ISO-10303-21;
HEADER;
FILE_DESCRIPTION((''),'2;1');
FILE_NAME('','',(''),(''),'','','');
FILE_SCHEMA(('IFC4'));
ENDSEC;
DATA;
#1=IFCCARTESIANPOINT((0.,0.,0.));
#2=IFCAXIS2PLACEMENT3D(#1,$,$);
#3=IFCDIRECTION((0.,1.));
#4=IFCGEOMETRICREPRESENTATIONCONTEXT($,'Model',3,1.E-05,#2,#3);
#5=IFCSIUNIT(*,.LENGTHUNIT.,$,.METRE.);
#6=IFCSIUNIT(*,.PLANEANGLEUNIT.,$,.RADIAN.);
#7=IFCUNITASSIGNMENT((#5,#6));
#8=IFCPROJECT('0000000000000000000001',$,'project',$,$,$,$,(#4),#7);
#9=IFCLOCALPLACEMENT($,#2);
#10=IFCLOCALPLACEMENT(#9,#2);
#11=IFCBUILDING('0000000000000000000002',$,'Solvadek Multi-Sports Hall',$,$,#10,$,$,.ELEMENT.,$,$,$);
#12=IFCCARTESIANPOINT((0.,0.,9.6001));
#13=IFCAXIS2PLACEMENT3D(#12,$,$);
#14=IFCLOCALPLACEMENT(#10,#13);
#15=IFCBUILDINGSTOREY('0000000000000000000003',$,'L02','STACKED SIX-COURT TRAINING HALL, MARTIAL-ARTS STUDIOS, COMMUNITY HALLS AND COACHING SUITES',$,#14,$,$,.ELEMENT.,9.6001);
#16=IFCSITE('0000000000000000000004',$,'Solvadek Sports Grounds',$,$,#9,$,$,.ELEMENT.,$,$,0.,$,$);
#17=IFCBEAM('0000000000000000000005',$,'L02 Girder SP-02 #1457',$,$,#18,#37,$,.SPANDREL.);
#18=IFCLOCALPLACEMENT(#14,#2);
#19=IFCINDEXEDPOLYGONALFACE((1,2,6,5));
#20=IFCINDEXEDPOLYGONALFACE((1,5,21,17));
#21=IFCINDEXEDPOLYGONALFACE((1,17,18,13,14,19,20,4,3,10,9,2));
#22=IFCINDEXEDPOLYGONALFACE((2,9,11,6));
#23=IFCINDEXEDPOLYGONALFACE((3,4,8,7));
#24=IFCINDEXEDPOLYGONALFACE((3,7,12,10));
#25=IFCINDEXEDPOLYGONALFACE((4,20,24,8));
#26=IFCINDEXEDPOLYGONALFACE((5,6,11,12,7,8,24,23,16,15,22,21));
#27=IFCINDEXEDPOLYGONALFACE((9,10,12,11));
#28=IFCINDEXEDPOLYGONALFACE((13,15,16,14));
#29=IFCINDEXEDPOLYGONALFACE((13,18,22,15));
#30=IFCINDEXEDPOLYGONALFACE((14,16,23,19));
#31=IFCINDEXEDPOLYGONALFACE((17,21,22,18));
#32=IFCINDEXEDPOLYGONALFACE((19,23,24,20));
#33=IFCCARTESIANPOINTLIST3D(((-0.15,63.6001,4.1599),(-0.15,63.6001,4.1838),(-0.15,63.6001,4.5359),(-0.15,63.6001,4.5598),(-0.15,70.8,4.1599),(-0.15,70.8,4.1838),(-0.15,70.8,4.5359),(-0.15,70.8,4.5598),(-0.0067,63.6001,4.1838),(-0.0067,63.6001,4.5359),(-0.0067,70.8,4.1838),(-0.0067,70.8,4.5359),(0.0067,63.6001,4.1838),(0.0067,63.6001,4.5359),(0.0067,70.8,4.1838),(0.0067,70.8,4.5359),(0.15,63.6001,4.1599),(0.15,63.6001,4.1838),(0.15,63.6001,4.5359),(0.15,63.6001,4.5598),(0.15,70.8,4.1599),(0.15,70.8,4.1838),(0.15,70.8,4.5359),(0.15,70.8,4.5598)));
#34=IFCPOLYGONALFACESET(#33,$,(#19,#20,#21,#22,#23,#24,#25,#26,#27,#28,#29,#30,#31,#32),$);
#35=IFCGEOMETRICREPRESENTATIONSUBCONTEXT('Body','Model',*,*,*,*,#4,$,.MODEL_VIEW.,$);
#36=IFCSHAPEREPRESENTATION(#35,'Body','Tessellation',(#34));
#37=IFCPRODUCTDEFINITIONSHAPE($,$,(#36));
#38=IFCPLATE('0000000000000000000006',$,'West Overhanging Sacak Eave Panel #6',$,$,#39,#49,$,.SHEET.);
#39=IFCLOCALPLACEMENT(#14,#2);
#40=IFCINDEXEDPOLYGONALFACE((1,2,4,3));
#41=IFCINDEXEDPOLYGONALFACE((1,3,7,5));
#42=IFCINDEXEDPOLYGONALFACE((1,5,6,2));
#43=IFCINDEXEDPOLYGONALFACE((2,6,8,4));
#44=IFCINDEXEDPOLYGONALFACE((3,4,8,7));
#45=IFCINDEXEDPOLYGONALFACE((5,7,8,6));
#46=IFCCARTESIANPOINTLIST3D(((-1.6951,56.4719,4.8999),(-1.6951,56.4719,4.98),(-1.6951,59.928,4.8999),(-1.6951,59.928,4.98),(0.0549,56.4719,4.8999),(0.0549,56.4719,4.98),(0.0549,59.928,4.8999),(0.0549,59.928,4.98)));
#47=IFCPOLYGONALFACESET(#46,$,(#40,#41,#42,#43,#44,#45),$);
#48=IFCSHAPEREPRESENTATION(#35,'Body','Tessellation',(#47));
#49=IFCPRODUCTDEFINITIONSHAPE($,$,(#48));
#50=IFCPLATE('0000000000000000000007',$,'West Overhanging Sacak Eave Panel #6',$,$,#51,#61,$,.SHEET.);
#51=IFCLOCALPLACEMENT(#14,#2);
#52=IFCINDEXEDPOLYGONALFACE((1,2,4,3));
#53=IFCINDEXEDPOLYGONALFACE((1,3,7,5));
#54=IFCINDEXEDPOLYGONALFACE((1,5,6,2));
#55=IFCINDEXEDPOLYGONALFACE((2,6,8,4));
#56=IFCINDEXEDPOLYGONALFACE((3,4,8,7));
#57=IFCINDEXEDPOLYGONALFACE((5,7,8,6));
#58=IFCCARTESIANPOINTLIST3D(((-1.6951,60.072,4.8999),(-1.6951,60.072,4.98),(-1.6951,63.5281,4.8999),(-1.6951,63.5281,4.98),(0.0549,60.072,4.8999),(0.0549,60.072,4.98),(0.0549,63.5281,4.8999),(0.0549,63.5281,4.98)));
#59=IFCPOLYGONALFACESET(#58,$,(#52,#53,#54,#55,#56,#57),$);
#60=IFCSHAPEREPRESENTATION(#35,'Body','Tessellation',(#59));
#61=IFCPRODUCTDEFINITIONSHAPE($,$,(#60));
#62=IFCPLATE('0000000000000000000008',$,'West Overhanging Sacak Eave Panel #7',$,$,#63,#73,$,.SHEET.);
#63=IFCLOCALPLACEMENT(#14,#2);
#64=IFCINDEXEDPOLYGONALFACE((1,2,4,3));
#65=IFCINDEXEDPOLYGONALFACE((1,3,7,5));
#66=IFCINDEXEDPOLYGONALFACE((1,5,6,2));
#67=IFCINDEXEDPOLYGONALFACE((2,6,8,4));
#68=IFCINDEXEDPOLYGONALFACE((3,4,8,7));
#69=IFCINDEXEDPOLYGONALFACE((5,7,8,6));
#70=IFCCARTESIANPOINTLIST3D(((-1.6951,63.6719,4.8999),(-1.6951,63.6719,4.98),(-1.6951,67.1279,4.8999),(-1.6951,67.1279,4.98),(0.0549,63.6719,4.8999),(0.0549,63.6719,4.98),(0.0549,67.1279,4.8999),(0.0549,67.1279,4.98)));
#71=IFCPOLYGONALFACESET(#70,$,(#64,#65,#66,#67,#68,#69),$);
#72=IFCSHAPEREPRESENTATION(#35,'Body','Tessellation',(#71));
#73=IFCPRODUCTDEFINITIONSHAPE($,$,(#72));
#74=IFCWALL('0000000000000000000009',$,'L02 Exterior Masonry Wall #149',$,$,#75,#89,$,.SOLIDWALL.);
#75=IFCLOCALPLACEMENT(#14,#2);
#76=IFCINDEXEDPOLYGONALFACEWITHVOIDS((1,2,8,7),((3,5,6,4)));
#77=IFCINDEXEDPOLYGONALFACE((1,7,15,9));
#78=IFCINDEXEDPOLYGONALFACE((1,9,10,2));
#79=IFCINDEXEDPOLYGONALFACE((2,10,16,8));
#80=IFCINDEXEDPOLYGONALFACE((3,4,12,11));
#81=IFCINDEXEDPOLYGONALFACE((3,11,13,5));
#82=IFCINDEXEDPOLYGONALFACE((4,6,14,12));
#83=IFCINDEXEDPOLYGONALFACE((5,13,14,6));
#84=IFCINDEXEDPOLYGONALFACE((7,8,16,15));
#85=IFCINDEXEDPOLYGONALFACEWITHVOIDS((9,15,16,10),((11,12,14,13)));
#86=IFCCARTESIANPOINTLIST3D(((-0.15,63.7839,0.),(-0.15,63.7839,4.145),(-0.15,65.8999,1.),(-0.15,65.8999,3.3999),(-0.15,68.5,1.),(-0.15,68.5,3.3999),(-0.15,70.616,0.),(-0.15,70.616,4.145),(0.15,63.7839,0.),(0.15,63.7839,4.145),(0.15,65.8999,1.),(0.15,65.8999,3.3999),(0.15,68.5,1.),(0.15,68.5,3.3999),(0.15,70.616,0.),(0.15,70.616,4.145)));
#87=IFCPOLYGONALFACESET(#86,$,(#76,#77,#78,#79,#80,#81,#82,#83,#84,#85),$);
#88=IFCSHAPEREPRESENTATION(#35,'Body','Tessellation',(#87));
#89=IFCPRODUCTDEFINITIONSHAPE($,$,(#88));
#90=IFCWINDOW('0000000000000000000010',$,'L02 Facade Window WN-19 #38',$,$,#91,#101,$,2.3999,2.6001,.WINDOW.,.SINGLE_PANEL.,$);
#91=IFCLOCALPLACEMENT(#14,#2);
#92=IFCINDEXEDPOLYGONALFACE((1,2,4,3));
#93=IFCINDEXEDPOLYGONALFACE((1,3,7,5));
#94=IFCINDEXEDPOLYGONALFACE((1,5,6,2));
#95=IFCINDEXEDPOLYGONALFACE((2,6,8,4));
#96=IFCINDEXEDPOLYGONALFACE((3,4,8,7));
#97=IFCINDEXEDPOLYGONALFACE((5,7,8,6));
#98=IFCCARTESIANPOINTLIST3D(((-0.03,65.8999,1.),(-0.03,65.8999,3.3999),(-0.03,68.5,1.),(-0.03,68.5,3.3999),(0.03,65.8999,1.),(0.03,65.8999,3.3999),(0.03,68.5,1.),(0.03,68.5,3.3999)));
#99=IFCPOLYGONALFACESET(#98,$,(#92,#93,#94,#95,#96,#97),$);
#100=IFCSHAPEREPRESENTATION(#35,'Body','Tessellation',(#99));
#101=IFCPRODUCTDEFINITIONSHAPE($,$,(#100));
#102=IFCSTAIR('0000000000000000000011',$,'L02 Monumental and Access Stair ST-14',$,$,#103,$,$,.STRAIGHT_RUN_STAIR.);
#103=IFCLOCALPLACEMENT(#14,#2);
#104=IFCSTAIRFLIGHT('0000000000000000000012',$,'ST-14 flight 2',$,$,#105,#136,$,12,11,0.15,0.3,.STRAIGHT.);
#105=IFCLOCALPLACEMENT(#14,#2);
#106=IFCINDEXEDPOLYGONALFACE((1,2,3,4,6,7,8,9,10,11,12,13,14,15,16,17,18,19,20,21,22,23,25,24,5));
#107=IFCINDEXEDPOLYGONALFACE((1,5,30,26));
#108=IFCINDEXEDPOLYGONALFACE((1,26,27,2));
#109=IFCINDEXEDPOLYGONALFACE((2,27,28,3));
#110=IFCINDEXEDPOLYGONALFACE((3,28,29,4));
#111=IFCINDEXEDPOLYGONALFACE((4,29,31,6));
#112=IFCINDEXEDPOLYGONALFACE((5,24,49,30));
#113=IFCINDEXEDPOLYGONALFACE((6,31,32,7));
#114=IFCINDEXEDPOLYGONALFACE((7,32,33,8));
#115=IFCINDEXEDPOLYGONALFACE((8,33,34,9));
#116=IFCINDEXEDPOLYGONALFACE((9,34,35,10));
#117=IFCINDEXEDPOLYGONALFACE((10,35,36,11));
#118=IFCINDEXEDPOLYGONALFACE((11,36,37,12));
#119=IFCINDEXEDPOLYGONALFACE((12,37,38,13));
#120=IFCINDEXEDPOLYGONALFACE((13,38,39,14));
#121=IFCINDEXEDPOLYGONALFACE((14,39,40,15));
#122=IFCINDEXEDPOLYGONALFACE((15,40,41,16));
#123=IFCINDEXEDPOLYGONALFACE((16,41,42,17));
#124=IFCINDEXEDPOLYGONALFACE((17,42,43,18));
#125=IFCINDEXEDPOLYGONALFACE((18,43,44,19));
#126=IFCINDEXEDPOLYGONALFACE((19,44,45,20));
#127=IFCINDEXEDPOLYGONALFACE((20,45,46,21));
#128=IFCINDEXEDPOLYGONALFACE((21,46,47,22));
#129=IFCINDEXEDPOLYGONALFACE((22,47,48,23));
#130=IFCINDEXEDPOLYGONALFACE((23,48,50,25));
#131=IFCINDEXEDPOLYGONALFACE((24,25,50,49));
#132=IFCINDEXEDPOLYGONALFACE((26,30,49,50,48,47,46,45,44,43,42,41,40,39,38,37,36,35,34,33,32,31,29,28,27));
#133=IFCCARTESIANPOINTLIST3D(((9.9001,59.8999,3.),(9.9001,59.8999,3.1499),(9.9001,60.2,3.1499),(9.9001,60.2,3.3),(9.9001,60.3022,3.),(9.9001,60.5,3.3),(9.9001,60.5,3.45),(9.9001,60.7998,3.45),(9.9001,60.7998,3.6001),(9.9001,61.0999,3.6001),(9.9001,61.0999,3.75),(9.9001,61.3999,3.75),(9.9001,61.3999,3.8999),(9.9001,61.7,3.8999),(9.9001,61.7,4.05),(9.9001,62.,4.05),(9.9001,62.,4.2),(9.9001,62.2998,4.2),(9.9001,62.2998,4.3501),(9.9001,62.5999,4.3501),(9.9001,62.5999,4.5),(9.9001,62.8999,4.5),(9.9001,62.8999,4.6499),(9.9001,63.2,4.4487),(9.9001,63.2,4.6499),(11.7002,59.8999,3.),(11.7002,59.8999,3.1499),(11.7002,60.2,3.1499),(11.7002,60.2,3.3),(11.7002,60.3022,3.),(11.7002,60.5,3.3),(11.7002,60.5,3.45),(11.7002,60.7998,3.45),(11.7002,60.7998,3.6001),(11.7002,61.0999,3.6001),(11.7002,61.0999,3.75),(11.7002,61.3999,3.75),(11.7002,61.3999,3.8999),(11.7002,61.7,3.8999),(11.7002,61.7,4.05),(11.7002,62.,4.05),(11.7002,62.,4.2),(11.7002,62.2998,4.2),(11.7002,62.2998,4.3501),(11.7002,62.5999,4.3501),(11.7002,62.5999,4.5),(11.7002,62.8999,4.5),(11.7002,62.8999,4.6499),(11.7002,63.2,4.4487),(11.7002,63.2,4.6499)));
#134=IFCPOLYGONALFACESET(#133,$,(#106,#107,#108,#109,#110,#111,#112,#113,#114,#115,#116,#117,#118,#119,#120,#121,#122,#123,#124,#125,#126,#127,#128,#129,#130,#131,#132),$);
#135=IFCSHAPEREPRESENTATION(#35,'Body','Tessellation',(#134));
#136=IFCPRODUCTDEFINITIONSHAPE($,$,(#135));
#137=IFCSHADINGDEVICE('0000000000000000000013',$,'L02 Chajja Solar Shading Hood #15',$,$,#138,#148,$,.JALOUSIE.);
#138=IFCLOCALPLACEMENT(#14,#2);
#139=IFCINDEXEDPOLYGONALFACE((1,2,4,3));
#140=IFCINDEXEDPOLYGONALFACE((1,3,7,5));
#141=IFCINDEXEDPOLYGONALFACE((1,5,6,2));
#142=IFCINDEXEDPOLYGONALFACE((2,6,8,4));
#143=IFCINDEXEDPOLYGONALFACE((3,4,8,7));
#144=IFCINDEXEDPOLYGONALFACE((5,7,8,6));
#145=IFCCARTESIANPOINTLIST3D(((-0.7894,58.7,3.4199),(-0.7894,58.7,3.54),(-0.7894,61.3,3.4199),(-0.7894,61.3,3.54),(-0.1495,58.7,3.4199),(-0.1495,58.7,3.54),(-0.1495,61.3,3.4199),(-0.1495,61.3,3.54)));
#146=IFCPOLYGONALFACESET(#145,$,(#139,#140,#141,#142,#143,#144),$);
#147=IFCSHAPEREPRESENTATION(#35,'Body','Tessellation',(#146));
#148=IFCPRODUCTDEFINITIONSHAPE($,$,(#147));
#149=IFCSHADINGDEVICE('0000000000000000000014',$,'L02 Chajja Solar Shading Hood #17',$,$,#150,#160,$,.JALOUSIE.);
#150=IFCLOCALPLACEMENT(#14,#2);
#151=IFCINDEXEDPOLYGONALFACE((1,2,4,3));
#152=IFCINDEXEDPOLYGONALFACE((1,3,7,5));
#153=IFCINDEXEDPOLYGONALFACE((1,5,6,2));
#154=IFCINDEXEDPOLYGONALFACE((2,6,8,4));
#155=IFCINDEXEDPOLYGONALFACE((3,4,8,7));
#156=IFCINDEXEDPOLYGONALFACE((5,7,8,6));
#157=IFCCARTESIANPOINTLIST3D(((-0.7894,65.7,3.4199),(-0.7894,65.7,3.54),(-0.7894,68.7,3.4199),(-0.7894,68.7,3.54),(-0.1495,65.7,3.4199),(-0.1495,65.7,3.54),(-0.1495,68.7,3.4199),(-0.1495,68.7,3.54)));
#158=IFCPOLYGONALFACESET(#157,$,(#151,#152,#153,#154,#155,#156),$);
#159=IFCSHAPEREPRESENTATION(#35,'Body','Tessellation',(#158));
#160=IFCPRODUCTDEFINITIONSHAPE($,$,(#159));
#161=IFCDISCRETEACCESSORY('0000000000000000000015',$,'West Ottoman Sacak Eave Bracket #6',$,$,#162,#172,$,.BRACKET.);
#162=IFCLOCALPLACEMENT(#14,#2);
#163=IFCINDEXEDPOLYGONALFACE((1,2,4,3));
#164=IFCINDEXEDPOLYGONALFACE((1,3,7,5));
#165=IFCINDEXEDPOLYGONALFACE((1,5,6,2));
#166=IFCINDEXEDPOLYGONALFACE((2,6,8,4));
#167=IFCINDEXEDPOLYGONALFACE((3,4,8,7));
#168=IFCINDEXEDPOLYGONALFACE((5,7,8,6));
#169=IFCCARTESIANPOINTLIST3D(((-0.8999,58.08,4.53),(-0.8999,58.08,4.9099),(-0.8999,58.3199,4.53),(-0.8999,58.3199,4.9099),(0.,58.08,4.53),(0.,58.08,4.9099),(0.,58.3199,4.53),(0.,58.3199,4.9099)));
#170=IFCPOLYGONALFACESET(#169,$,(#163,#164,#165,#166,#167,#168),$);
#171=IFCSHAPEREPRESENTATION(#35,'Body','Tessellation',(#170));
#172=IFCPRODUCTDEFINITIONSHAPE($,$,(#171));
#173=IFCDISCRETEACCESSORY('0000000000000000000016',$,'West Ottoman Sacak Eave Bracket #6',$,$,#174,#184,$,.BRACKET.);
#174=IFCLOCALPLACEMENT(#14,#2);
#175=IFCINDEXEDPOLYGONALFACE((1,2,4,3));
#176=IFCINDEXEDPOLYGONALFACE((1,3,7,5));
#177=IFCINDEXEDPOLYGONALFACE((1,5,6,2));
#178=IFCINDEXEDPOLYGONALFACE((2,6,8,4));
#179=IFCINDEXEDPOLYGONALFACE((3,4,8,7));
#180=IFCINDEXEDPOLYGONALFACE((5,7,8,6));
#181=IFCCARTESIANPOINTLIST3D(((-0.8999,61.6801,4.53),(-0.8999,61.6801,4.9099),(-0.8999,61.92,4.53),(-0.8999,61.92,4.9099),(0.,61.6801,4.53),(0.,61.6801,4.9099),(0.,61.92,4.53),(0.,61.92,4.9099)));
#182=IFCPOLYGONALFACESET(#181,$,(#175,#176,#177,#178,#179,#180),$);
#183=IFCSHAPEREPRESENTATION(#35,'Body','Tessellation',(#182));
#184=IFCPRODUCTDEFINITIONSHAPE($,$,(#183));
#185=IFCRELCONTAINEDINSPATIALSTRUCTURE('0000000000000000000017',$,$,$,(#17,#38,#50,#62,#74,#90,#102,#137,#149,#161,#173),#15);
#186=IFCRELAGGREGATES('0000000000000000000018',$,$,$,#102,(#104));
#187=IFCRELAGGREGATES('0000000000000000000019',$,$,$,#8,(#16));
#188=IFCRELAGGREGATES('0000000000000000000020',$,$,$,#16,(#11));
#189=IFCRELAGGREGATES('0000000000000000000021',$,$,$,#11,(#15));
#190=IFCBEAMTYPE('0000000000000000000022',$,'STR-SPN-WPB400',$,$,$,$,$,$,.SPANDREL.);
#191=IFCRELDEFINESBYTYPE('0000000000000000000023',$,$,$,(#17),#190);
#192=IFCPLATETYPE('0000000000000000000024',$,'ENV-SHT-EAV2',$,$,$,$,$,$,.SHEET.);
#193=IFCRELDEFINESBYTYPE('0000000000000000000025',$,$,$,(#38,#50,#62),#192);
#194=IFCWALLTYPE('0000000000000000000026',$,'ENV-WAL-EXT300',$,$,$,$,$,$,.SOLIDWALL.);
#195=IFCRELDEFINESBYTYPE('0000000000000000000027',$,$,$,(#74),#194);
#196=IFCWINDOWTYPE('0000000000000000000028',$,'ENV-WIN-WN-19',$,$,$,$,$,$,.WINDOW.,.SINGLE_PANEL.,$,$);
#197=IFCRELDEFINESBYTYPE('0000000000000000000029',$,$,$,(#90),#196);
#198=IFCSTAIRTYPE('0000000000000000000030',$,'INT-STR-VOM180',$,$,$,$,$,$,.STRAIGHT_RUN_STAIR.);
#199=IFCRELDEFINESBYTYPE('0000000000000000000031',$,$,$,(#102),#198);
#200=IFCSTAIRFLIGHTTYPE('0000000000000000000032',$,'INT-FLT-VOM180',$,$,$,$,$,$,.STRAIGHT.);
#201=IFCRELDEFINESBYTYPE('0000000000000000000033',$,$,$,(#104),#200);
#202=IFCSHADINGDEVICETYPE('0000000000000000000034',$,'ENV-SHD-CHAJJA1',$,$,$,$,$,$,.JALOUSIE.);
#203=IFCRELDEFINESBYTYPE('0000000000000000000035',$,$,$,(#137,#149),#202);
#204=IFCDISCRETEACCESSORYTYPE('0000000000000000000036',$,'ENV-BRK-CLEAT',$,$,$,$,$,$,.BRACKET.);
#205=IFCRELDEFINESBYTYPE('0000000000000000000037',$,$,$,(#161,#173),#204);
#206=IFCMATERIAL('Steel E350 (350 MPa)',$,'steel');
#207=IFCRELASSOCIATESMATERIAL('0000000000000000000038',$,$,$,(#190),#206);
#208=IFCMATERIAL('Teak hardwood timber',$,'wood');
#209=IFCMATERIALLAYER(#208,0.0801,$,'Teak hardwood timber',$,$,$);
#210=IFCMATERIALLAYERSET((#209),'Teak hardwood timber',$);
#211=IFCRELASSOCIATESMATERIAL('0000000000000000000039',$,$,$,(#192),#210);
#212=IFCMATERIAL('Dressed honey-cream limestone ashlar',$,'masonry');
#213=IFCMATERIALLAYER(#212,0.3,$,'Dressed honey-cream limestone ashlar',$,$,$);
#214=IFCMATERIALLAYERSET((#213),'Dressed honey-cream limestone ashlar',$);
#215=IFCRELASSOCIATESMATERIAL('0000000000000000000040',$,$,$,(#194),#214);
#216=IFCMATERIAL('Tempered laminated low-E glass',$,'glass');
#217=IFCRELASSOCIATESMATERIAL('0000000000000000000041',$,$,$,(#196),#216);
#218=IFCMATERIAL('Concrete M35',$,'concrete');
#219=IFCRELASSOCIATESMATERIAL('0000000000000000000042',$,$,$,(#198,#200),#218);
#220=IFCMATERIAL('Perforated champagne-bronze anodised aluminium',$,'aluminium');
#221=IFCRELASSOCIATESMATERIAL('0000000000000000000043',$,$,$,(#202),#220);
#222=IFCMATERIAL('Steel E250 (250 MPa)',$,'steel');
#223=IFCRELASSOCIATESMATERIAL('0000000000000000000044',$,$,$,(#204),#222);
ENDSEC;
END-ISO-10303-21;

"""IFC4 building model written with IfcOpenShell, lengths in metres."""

from ifc_helpers import new_model, si_unit, direction, frame, frame_2d, origin, origin_2d, place, context, subcontext, project, spatial, polyline, rectangle, i_section, outline, extrude, material, layer, layer_set, material_profile, profile_set, type_object, element, fill, aggregate, save


model = new_model("IFC4")

# Units and contexts
model_context = context("Model", 3, precision=1e-05, world=origin(), true_north=direction((0.0, 1.0)))
body_context = subcontext(model_context, "Body", "Model", "MODEL_VIEW")
ifc_project = project(units=[si_unit("LENGTHUNIT", "METRE"), si_unit("PLANEANGLEUNIT", "RADIAN")], contexts=[model_context])

# Site, building, storey
site_placement = place(None, origin())
site = spatial("IfcSite", under=ifc_project, at=site_placement, Name="Solvadek Sports Grounds", CompositionType="ELEMENT", RefElevation=0.0)
building_placement = place(site_placement, origin())
building = spatial("IfcBuilding", under=site, at=building_placement, Name="Solvadek Multi-Sports Hall", CompositionType="ELEMENT")
storey_placement = place(building_placement, frame((0.0, 0.0, 9.6001)))
storey = spatial("IfcBuildingStorey", under=building, at=storey_placement, Name="L02", Description="STACKED SIX-COURT TRAINING HALL, MARTIAL-ARTS STUDIOS, COMMUNITY HALLS AND COACHING SUITES", CompositionType="ELEMENT", Elevation=9.6001)

# Shared definitions
ifc_material_1 = material(Name="Steel E350 (350 MPa)", Category="steel")

# Beam
ifc_material_profile_1 = material_profile(ifc_material_1, i_section(OverallWidth=0.3, OverallDepth=0.3999, WebThickness=0.0134, FlangeThickness=0.0239, at=origin_2d()), Name="WPB 400")
ifc_profile_set_1 = profile_set([ifc_material_profile_1], Name="Steel E350 (350 MPa)")
beam_type_1 = type_object("IfcBeamType", Name="STR-SPN-WPB400", PredefinedType="SPANDREL", material=ifc_profile_set_1)
beam_1_placement = place(storey_placement, frame((0.0, 63.6001, 4.3599), z_axis=(0.0, 1.0, 0.0), x_axis=(-1.0, 0.0, 0.0)))
element("IfcBeam", 1, at=beam_1_placement, inside=storey, type_object=beam_type_1, Name="L02 Girder SP-02 #1457", PredefinedType="SPANDREL", context=body_context, shape_type="SweptSolid", body=[
    extrude(i_section(OverallWidth=0.3, OverallDepth=0.3999, WebThickness=0.0134, FlangeThickness=0.0239, at=origin_2d()), origin(), (0.0, 0.0, 1.0), 7.2),
])

# Plates
ifc_material_2 = material(Name="Teak hardwood timber", Category="wood")
ifc_layer_1 = layer(ifc_material_2, 0.0801, Name="Teak hardwood timber")
ifc_layer_set_1 = layer_set([ifc_layer_1], Name="Teak hardwood timber")
plate_type = type_object("IfcPlateType", Name="ENV-SHT-EAV2", PredefinedType="SHEET", material=ifc_layer_set_1)
for number, where, z_axis, x_axis, name in (
    (2, (-0.8201, 58.2, 4.8999), (0.0, 0.0, 1.0), (1.0, 0.0, 0.0), "West Overhanging Sacak Eave Panel #6"),
    (3, (-0.8201, 61.8, 4.8999), (0.0, 0.0, 1.0), (1.0, 0.0, 0.0), "West Overhanging Sacak Eave Panel #6"),
    (4, (-0.8201, 65.3999, 4.8999), (0.0, 0.0, 1.0), (1.0, 0.0, 0.0), "West Overhanging Sacak Eave Panel #7"),
):
    element("IfcPlate", number, at=place(storey_placement, frame(where, z_axis=z_axis, x_axis=x_axis)), inside=storey, type_object=plate_type, Name=name, PredefinedType="SHEET", context=body_context, shape_type="SweptSolid", body=[
        extrude(rectangle(XDim=1.75, YDim=3.4561, at=origin_2d()), origin(), (0.0, 0.0, 1.0), 0.0801),
    ])

# Wall, opening, window
ifc_material_3 = material(Name="Dressed honey-cream limestone ashlar", Category="masonry")
ifc_layer_2 = layer(ifc_material_3, 0.3, Name="Dressed honey-cream limestone ashlar")
ifc_layer_set_2 = layer_set([ifc_layer_2], Name="Dressed honey-cream limestone ashlar")
wall_type = type_object("IfcWallType", Name="ENV-WAL-EXT300", PredefinedType="SOLIDWALL", material=ifc_layer_set_2)
wall_placement = place(storey_placement, frame((0.0, 63.7839, 0.0), z_axis=(0.0, 0.0, 1.0), x_axis=(0.0, 1.0, 0.0)))
wall = element("IfcWall", 5, at=wall_placement, inside=storey, type_object=wall_type, Name="L02 Exterior Masonry Wall #149", PredefinedType="SOLIDWALL", context=body_context, shape_type="SweptSolid", body=[
    extrude(rectangle(XDim=6.832, YDim=0.3, at=frame_2d((3.416, 0.0))), origin(), (0.0, 0.0, 1.0), 4.145),
])
opening_placement = place(wall_placement, frame((2.116, 0.0, 1.0)))
opening = element("IfcOpeningElement", 6, at=opening_placement, cuts=wall, PredefinedType="OPENING", context=body_context, shape_type="SweptSolid", body=[
    extrude(rectangle(XDim=2.6001, YDim=2.3999, at=frame_2d((1.3, 1.2))), frame((0.0, 0.1599, 0.0), z_axis=(0.0, -1.0, 0.0), x_axis=(1.0, 0.0, 0.0)), (0.0, 0.0, 1.0), 0.3201),
])
ifc_material_4 = material(Name="Tempered laminated low-E glass", Category="glass")
window_type = type_object("IfcWindowType", Name="ENV-WIN-WN-19", PartitioningType="SINGLE_PANEL", PredefinedType="WINDOW", material=ifc_material_4)
window_placement = place(opening_placement, origin())
window = element("IfcWindow", 7, at=window_placement, inside=storey, type_object=window_type, Name="L02 Facade Window WN-19 #38", OverallHeight=2.3999, OverallWidth=2.6001, PartitioningType="SINGLE_PANEL", PredefinedType="WINDOW", context=body_context, shape_type="SweptSolid", body=[
    extrude(rectangle(XDim=2.6001, YDim=2.3999, at=frame_2d((1.3, 1.2))), frame((0.0, 0.03, 0.0), z_axis=(0.0, -1.0, 0.0), x_axis=(1.0, 0.0, 0.0)), (0.0, 0.0, 1.0), 0.0601),
])
fill(opening, window)

# Stair, stair flight
ifc_material_5 = material(Name="Concrete M35", Category="concrete")
stair_type = type_object("IfcStairType", Name="INT-STR-VOM180", PredefinedType="STRAIGHT_RUN_STAIR", material=ifc_material_5)
stair_placement = place(storey_placement, origin())
stair = element("IfcStair", 8, at=stair_placement, inside=storey, type_object=stair_type, Name="L02 Monumental and Access Stair ST-14", PredefinedType="STRAIGHT_RUN_STAIR")
stair_flight_type = type_object("IfcStairFlightType", Name="INT-FLT-VOM180", PredefinedType="STRAIGHT", material=ifc_material_5)
stair_flight_placement = place(storey_placement, frame((10.8, 59.8999, 3.0), z_axis=(0.0, 0.0, 1.0), x_axis=(0.0, 1.0, 0.0)))
stair_flight = element("IfcStairFlight", 9, at=stair_flight_placement, type_object=stair_flight_type, Name="ST-14 flight 2", NumberOfRisers=12, NumberOfTreads=11, PredefinedType="STRAIGHT", RiserHeight=0.15, TreadLength=0.3, context=body_context, shape_type="SweptSolid", body=[
    extrude(outline(polyline([(0.0, 0.0), (0.0, 0.1499), (0.3, 0.1499), (0.3, 0.3), (0.6001, 0.3), (0.6001, 0.45), (0.8999, 0.45), (0.8999, 0.6001), (1.2, 0.6001), (1.2, 0.75), (1.5, 0.75), (1.5, 0.8999), (1.8, 0.8999), (1.8, 1.05), (2.1001, 1.05), (2.1001, 1.2), (2.3999, 1.2), (2.3999, 1.3501), (2.7, 1.3501), (2.7, 1.5), (3.0, 1.5), (3.0, 1.6499), (3.3, 1.6499), (3.3, 1.8), (3.3, 1.4487), (0.4023, 0.0), (0.0, 0.0)])), frame((0.0, 0.8999, 0.0), z_axis=(0.0, -1.0, 0.0), x_axis=(1.0, 0.0, 0.0)), (0.0, 0.0, 1.0), 1.8),
])
aggregate(stair, [stair_flight])

# Shading devices
ifc_material_6 = material(Name="Perforated champagne-bronze anodised aluminium", Category="aluminium")
shading_device_type = type_object("IfcShadingDeviceType", Name="ENV-SHD-CHAJJA1", PredefinedType="JALOUSIE", material=ifc_material_6)
shading_device_1_placement = place(storey_placement, frame((-0.4695, 60.0, 3.4199), z_axis=(0.0, 0.0, 1.0), x_axis=(0.0, 1.0, 0.0)))
element("IfcShadingDevice", 10, at=shading_device_1_placement, inside=storey, type_object=shading_device_type, Name="L02 Chajja Solar Shading Hood #15", PredefinedType="JALOUSIE", context=body_context, shape_type="SweptSolid", body=[
    extrude(rectangle(XDim=2.6001, YDim=0.6399, at=origin_2d()), origin(), (0.0, 0.0, 1.0), 0.1201),
])
shading_device_2_placement = place(storey_placement, frame((-0.4695, 67.2, 3.4199), z_axis=(0.0, 0.0, 1.0), x_axis=(0.0, 1.0, 0.0)))
element("IfcShadingDevice", 11, at=shading_device_2_placement, inside=storey, type_object=shading_device_type, Name="L02 Chajja Solar Shading Hood #17", PredefinedType="JALOUSIE", context=body_context, shape_type="SweptSolid", body=[
    extrude(rectangle(XDim=3.0, YDim=0.6399, at=origin_2d()), origin(), (0.0, 0.0, 1.0), 0.1201),
])

# Discrete accessories
ifc_material_7 = material(Name="Steel E250 (250 MPa)", Category="steel")
discrete_accessory_type = type_object("IfcDiscreteAccessoryType", Name="ENV-BRK-CLEAT", PredefinedType="BRACKET", material=ifc_material_7)
for number, where, z_axis, x_axis, name in (
    (12, (-0.45, 58.2, 4.53), (0.0, 0.0, 1.0), (1.0, 0.0, 0.0), "West Ottoman Sacak Eave Bracket #6"),
    (13, (-0.45, 61.8, 4.53), (0.0, 0.0, 1.0), (1.0, 0.0, 0.0), "West Ottoman Sacak Eave Bracket #6"),
):
    element("IfcDiscreteAccessory", number, at=place(storey_placement, frame(where, z_axis=z_axis, x_axis=x_axis)), inside=storey, type_object=discrete_accessory_type, Name=name, PredefinedType="BRACKET", context=body_context, shape_type="SweptSolid", body=[
        extrude(rectangle(XDim=0.8999, YDim=0.24, at=origin_2d()), origin(), (0.0, 0.0, 1.0), 0.3799),
    ])

save(model, "model.ifc")
